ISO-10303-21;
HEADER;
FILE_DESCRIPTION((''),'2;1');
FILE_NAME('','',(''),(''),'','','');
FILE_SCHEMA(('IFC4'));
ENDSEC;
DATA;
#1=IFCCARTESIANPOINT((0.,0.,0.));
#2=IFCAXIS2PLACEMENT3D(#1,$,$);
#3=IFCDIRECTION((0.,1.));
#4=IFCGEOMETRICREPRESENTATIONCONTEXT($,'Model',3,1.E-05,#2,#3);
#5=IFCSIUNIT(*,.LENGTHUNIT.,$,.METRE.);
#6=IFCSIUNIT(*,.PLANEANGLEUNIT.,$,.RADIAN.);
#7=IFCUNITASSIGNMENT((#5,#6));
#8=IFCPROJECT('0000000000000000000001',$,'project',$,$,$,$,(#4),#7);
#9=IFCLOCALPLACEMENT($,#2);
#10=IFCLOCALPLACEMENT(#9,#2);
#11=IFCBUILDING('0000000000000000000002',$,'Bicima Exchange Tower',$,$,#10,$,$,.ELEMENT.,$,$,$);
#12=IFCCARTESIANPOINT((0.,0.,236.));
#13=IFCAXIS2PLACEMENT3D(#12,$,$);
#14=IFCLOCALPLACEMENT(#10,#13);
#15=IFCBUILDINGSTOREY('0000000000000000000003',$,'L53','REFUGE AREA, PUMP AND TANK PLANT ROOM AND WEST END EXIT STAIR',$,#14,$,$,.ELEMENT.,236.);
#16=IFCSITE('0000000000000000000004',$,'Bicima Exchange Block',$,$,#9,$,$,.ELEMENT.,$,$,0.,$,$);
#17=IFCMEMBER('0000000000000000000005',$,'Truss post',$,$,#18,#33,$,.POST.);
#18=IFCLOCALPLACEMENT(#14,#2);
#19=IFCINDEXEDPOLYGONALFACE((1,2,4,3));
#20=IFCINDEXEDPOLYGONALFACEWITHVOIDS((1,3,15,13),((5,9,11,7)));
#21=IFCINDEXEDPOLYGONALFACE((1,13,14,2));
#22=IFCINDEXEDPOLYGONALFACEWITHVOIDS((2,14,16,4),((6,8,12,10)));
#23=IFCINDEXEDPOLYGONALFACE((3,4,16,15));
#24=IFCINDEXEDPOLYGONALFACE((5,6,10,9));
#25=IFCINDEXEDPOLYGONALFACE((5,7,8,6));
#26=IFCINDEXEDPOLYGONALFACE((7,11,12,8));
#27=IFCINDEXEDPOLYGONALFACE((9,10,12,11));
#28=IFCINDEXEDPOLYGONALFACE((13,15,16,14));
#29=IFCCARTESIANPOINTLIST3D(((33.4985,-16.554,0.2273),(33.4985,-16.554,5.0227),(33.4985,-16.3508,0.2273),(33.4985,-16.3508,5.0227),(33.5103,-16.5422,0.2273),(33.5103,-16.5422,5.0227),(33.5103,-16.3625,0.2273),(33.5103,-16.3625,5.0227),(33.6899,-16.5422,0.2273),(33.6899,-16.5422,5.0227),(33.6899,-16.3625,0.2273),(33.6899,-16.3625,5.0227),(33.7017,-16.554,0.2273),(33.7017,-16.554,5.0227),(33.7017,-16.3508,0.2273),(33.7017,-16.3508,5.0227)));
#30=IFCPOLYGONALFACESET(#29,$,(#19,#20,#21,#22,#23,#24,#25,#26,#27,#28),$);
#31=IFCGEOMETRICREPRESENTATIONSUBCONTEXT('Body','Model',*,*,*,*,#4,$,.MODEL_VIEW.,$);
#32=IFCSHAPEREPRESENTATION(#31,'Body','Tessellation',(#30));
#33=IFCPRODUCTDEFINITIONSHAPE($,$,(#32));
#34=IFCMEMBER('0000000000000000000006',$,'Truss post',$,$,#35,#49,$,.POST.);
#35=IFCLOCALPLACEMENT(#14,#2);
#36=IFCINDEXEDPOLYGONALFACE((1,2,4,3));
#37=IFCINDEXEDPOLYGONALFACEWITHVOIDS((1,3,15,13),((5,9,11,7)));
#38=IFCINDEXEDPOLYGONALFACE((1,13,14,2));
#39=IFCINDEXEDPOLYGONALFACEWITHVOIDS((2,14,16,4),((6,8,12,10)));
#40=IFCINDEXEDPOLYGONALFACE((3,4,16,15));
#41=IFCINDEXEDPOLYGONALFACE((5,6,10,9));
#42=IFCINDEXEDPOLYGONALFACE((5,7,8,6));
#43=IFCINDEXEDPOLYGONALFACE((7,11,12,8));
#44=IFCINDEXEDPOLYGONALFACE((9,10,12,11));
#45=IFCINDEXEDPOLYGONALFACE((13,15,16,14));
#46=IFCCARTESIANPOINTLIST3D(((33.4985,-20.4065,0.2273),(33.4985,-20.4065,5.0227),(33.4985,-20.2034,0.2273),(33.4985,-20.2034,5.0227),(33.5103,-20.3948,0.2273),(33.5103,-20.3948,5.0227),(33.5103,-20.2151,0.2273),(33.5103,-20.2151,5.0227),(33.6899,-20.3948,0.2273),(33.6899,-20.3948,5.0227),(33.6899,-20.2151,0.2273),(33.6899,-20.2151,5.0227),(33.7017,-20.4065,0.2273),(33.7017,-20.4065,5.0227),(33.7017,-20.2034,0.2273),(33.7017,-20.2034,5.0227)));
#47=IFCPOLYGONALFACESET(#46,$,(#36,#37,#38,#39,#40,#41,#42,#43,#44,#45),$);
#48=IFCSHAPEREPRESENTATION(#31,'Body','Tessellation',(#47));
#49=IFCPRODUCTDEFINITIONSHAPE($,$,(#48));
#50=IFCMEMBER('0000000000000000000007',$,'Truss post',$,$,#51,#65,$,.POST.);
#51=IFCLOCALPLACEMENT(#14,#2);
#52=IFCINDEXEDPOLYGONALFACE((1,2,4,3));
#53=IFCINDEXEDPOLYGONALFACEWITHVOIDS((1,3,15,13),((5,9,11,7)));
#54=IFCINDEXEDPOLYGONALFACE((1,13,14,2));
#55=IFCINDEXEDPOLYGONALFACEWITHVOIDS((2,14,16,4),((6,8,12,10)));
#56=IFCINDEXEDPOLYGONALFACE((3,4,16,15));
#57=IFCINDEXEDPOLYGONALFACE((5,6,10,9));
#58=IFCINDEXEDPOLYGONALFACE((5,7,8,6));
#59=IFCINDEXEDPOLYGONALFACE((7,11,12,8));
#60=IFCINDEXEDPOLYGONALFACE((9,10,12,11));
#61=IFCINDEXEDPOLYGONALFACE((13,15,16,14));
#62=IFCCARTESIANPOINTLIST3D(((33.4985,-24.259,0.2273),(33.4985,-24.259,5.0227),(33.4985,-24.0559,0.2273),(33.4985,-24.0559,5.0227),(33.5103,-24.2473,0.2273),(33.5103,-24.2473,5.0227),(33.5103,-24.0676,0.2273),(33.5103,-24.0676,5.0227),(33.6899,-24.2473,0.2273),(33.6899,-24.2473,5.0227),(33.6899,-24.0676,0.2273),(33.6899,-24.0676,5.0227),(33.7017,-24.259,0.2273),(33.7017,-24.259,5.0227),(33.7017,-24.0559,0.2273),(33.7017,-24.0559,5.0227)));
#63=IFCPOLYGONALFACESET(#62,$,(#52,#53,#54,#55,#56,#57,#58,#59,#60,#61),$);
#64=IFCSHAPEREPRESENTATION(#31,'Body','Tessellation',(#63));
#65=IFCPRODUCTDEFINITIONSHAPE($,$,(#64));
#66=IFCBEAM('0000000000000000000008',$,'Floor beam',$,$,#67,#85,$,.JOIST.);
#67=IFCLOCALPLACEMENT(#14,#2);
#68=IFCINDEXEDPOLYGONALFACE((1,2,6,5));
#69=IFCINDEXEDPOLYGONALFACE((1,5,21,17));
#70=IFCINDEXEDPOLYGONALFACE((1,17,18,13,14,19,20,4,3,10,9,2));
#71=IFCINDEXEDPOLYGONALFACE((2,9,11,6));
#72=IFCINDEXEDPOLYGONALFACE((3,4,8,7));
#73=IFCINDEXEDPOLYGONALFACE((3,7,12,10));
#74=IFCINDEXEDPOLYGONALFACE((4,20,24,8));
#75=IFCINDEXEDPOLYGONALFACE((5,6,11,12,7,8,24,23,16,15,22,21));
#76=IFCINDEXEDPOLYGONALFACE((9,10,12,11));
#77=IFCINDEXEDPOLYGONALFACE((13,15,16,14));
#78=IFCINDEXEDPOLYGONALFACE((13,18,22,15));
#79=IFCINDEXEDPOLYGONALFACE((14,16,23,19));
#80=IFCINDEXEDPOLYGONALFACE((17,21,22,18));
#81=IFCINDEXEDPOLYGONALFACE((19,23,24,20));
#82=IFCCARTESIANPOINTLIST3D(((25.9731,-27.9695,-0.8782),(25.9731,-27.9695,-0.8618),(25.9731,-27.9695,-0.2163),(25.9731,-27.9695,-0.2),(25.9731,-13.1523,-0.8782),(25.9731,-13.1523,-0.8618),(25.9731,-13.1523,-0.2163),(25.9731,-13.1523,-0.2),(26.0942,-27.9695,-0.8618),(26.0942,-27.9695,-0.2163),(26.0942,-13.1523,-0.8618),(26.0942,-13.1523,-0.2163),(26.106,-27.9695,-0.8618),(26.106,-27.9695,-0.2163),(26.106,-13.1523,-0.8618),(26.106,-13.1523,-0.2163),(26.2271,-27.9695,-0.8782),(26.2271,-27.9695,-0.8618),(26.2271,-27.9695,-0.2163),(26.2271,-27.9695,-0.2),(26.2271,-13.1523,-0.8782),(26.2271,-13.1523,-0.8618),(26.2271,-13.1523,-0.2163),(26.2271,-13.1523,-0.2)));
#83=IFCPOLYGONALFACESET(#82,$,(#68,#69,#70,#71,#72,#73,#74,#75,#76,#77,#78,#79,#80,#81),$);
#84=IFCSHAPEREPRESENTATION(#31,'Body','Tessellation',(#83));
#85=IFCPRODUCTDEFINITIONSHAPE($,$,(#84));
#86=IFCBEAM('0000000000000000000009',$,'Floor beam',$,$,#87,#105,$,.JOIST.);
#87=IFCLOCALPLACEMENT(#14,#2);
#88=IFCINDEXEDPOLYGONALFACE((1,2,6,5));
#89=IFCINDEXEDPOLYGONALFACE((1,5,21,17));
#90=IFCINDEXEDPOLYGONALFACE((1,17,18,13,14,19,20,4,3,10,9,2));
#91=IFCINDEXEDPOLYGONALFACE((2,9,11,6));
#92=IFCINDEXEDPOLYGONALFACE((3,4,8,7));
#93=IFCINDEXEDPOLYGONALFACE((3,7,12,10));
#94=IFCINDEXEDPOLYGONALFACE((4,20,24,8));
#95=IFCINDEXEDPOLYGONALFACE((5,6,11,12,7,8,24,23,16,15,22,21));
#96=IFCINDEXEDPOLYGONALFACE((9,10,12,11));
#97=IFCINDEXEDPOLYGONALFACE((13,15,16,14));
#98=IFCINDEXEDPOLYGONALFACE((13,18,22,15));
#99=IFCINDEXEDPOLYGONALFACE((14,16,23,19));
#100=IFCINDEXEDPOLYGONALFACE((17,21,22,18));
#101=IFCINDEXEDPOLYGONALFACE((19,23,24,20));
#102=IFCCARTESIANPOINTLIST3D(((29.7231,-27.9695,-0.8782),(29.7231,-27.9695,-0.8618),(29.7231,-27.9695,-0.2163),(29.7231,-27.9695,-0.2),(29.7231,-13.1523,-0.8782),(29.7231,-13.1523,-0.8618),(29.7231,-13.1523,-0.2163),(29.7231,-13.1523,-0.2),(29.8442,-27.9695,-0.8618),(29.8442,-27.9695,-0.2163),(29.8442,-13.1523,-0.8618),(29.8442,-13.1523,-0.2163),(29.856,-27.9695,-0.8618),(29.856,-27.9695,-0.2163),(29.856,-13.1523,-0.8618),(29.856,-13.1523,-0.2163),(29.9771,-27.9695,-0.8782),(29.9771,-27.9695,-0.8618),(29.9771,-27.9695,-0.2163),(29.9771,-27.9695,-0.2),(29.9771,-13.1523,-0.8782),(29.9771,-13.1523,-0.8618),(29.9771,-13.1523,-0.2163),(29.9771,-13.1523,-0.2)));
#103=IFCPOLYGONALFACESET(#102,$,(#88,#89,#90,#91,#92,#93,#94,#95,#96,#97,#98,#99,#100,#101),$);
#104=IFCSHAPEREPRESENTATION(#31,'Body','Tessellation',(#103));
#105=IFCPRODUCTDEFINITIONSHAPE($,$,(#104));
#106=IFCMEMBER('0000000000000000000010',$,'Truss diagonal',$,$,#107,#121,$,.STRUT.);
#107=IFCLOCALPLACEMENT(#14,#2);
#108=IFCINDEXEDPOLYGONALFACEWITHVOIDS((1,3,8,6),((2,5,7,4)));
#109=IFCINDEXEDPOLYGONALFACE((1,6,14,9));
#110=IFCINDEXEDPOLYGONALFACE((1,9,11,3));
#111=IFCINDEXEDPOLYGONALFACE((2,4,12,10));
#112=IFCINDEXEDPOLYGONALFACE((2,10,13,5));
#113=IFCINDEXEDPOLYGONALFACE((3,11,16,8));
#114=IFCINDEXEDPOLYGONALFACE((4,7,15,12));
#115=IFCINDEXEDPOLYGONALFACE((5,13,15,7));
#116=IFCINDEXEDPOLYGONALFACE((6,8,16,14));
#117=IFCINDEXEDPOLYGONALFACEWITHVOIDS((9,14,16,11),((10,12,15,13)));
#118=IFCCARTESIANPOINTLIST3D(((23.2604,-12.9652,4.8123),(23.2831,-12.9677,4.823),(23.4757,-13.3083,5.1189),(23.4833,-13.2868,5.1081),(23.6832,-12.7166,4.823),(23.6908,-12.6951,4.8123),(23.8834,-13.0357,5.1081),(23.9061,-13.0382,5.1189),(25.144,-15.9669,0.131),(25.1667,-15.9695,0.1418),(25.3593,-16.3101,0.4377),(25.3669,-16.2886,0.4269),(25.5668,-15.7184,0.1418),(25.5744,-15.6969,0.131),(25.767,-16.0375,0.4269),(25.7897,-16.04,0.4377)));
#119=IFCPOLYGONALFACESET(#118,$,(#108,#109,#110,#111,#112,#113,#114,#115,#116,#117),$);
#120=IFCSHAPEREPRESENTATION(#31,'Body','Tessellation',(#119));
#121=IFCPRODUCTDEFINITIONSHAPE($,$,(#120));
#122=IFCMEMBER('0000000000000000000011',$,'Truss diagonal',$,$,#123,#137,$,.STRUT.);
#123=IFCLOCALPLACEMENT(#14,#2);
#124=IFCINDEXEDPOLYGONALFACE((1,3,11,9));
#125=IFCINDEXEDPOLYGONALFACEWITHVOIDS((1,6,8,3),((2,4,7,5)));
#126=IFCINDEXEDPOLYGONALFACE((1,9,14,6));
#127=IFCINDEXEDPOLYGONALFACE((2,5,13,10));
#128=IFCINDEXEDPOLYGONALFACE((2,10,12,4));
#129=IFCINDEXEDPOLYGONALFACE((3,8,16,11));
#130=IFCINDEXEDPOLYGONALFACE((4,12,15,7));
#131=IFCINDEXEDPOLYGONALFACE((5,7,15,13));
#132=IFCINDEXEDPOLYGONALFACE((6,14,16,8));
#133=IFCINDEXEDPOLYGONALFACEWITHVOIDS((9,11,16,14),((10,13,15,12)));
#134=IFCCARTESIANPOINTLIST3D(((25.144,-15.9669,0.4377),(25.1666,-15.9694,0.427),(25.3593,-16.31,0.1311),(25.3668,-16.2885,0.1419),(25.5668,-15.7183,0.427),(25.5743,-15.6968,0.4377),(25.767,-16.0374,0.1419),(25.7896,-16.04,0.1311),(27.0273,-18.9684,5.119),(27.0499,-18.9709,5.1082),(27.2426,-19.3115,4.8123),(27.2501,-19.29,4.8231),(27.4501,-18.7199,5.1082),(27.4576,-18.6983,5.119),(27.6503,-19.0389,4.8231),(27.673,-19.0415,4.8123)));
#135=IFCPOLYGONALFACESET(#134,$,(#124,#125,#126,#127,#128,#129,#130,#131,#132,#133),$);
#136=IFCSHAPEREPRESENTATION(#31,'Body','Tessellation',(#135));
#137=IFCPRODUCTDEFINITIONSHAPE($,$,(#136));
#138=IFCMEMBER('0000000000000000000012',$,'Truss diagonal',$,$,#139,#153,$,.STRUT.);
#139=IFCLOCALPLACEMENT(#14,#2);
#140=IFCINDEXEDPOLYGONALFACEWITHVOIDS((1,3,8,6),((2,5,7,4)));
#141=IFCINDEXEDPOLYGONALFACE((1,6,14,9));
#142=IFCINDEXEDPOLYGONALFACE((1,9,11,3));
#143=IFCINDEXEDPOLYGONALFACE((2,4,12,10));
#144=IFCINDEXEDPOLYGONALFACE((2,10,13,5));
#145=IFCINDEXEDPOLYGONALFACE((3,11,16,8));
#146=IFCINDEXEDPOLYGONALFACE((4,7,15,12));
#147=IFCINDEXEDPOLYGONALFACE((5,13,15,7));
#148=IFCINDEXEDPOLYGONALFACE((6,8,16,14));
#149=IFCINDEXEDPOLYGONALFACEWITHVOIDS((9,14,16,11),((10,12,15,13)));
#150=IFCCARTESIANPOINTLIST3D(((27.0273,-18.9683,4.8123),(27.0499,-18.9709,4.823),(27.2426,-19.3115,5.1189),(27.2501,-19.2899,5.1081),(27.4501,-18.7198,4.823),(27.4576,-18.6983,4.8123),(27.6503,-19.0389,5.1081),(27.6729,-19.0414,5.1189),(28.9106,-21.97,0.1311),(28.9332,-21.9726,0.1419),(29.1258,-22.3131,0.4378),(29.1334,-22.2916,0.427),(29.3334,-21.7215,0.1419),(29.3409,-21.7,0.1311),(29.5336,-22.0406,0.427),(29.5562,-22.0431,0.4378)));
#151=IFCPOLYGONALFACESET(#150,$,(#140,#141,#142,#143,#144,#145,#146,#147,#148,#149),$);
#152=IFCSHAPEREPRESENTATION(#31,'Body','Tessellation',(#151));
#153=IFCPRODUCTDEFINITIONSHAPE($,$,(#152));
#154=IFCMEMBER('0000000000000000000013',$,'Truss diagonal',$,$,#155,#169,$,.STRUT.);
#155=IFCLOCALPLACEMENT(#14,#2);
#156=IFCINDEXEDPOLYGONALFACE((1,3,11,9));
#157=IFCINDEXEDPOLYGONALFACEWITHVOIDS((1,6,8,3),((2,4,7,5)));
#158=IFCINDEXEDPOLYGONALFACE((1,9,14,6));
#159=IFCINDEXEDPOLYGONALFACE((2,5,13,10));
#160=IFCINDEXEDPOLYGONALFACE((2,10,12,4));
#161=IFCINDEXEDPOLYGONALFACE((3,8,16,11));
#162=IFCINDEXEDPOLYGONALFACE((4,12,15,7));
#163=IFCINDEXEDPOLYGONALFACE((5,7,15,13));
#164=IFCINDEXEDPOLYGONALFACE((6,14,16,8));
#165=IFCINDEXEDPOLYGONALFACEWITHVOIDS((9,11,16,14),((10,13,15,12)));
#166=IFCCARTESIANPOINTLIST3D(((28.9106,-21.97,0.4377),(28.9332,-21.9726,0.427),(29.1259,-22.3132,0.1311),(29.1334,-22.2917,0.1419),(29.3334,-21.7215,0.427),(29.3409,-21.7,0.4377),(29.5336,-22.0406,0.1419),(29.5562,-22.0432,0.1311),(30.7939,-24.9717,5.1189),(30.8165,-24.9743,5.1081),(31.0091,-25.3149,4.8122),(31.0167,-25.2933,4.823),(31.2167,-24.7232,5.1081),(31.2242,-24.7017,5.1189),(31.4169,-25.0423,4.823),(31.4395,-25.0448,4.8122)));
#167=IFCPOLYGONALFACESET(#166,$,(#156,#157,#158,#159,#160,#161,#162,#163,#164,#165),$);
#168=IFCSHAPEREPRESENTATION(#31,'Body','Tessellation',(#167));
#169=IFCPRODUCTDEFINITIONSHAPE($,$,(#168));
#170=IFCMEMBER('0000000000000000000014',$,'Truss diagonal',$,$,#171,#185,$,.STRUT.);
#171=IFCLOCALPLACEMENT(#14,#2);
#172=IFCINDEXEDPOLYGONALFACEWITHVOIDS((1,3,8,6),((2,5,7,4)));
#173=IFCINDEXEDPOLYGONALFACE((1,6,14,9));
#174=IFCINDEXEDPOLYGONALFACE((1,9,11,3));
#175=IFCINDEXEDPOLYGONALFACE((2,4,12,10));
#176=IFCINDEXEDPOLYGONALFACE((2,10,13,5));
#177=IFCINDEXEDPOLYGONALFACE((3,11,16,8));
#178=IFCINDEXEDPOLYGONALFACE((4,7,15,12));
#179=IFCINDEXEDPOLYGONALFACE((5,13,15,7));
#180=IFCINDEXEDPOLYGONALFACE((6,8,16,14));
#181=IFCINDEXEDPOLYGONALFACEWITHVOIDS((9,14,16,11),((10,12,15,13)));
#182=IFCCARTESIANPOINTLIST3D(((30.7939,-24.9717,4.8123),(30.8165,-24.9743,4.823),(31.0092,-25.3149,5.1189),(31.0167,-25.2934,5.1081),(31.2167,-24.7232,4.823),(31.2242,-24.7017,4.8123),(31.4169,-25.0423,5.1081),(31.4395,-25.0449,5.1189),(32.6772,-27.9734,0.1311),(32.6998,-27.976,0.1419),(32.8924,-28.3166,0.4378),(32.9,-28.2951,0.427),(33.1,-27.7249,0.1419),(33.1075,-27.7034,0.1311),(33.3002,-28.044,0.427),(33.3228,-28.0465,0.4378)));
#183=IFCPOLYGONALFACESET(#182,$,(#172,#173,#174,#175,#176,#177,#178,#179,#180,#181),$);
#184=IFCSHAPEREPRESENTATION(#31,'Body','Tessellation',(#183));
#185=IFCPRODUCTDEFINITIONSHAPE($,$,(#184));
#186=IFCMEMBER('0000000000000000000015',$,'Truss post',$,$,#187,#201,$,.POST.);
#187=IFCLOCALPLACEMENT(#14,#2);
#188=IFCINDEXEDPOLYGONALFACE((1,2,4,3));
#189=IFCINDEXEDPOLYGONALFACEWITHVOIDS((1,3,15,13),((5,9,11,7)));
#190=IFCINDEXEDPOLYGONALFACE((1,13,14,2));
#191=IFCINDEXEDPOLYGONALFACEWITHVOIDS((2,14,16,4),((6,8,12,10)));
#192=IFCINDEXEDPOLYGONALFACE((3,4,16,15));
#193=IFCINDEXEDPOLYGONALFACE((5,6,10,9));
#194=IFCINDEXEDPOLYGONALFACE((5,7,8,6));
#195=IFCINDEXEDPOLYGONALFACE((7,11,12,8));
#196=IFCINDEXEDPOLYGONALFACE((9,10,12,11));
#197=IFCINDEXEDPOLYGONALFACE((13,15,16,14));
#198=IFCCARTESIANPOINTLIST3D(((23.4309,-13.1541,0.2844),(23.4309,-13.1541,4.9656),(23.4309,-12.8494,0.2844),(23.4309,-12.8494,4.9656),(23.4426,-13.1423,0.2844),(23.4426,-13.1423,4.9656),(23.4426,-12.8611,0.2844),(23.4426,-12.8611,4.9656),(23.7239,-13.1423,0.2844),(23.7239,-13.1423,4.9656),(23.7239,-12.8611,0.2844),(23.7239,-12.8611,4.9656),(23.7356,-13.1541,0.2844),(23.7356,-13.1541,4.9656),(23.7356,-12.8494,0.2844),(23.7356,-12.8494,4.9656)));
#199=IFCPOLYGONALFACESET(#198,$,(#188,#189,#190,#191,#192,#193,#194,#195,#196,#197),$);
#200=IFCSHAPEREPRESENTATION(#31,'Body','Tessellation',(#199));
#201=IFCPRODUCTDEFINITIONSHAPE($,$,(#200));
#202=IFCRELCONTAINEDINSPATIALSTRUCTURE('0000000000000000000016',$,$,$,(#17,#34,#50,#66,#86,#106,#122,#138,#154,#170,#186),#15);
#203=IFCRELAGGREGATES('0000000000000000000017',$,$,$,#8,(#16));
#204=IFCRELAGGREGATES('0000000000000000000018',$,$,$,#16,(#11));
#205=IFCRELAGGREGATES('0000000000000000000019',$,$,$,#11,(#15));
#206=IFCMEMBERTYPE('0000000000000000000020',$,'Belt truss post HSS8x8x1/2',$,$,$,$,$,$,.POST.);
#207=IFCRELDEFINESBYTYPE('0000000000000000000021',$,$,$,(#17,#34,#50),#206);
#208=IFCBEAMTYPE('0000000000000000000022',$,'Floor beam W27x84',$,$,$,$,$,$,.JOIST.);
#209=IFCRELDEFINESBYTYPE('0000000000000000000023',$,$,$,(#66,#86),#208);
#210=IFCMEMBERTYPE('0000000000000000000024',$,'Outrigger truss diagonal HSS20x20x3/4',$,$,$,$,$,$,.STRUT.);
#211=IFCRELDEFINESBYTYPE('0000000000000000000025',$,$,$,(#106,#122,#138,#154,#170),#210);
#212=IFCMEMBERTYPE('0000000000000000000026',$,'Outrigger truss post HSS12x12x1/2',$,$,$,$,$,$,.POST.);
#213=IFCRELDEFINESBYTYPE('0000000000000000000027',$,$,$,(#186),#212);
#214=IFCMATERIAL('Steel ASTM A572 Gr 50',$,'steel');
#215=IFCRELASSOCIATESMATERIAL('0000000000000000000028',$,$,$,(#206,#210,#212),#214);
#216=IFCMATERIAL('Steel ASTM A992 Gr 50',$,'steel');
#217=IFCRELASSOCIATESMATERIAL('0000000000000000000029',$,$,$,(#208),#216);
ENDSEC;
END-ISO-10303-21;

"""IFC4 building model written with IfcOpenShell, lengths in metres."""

from ifc_helpers import new_model, si_unit, direction, frame, origin, origin_2d, place, context, subcontext, project, spatial, hollow_rectangle, i_section, extrude, material, material_profile, profile_set, type_object, element, save


model = new_model("IFC4")

# Units and contexts
model_context = context("Model", 3, precision=1e-05, world=origin(), true_north=direction((0.0, 1.0)))
body_context = subcontext(model_context, "Body", "Model", "MODEL_VIEW")
ifc_project = project(units=[si_unit("LENGTHUNIT", "METRE"), si_unit("PLANEANGLEUNIT", "RADIAN")], contexts=[model_context])

# Site, building, storey
site_placement = place(None, origin())
site = spatial("IfcSite", under=ifc_project, at=site_placement, Name="Bicima Exchange Block", CompositionType="ELEMENT", RefElevation=0.0)
building_placement = place(site_placement, origin())
building = spatial("IfcBuilding", under=site, at=building_placement, Name="Bicima Exchange Tower", CompositionType="ELEMENT")
storey_placement = place(building_placement, frame((0.0, 0.0, 236.0)))
storey = spatial("IfcBuildingStorey", under=building, at=storey_placement, Name="L53", Description="REFUGE AREA, PUMP AND TANK PLANT ROOM AND WEST END EXIT STAIR", CompositionType="ELEMENT", Elevation=236.0)

# Shared definitions
ifc_material_1 = material(Name="Steel ASTM A992 Gr 50", Category="steel")

# Members
ifc_material_2 = material(Name="Steel ASTM A572 Gr 50", Category="steel")
ifc_material_profile_1 = material_profile(ifc_material_2, hollow_rectangle(XDim=0.3047, YDim=0.3047, WallThickness=0.0117, at=origin_2d()))
ifc_profile_set_1 = profile_set([ifc_material_profile_1], Name="Steel ASTM A572 Gr 50")
ifc_material_profile_2 = material_profile(ifc_material_2, hollow_rectangle(XDim=0.2031, YDim=0.2031, WallThickness=0.0117, at=origin_2d()))
ifc_profile_set_2 = profile_set([ifc_material_profile_2], Name="Steel ASTM A572 Gr 50")
member_type_1 = type_object("IfcMemberType", Name="Belt truss post HSS8x8x1/2", PredefinedType="POST", material=ifc_profile_set_2)
for number, where, z_axis, x_axis, name in (
    (1, (33.6001, -16.4524, 0.2273), (0.0, 0.0, 1.0), (1.0, 0.0, 0.0), "Truss post"),
    (2, (33.6001, -20.3049, 0.2273), (0.0, 0.0, 1.0), (1.0, 0.0, 0.0), "Truss post"),
    (3, (33.6001, -24.1575, 0.2273), (0.0, 0.0, 1.0), (1.0, 0.0, 0.0), "Truss post"),
):
    element("IfcMember", number, at=place(storey_placement, frame(where, z_axis=z_axis, x_axis=x_axis)), inside=storey, type_object=member_type_1, Name=name, PredefinedType="POST", context=body_context, shape_type="SweptSolid", body=[
        extrude(hollow_rectangle(XDim=0.2031, YDim=0.2031, WallThickness=0.0117, at=origin_2d()), origin(), (0.0, 0.0, 1.0), 4.7954),
    ])

# Beams
ifc_material_profile_3 = material_profile(ifc_material_1, i_section(OverallWidth=0.2539, OverallDepth=0.6782, WebThickness=0.0117, FlangeThickness=0.0164, at=origin_2d()))
ifc_profile_set_3 = profile_set([ifc_material_profile_3], Name="Steel ASTM A992 Gr 50")
beam_type = type_object("IfcBeamType", Name="Floor beam W27x84", PredefinedType="JOIST", material=ifc_profile_set_3)
for number, where, z_axis, x_axis, name in (
    (4, (26.1001, -13.1523, -0.5391), (0.0, -1.0, 0.0), (1.0, 0.0, 0.0), "Floor beam"),
    (5, (29.8501, -13.1523, -0.5391), (0.0, -1.0, 0.0), (1.0, 0.0, 0.0), "Floor beam"),
):
    element("IfcBeam", number, at=place(storey_placement, frame(where, z_axis=z_axis, x_axis=x_axis)), inside=storey, type_object=beam_type, Name=name, PredefinedType="JOIST", context=body_context, shape_type="SweptSolid", body=[
        extrude(i_section(OverallWidth=0.2539, OverallDepth=0.6782, WebThickness=0.0117, FlangeThickness=0.0164, at=origin_2d()), origin(), (0.0, 0.0, 1.0), 14.8171),
    ])

# Members
ifc_material_profile_4 = material_profile(ifc_material_2, hollow_rectangle(XDim=0.5081, YDim=0.5081, WallThickness=0.0178, at=origin_2d()))
ifc_profile_set_4 = profile_set([ifc_material_profile_4], Name="Steel ASTM A572 Gr 50")
member_type_2 = type_object("IfcMemberType", Name="Outrigger truss diagonal HSS20x20x3/4", PredefinedType="STRUT", material=ifc_profile_set_4)
member_1_placement = place(storey_placement, frame((23.5833, -13.0017, 4.9656), z_axis=(0.32081, -0.511258, -0.797305), x_axis=(0.847049, 0.531515, 0.0)))
element("IfcMember", 6, at=member_1_placement, inside=storey, type_object=member_type_2, Name="Truss diagonal", PredefinedType="STRUT", context=body_context, shape_type="SweptSolid", body=[
    extrude(hollow_rectangle(XDim=0.5081, YDim=0.5081, WallThickness=0.0178, at=origin_2d()), origin(), (0.0, 0.0, 1.0), 5.8713),
])
for number, where, z_axis, x_axis, name in (
    (7, (25.4668, -16.0034, 0.2844), (0.320779, -0.511235, 0.797333), (0.84706, 0.531497, 0.0), "Truss diagonal"),
    (8, (27.3501, -19.0049, 4.9656), (0.320773, -0.511265, -0.797316), (0.84708, 0.531466, 0.0), "Truss diagonal"),
    (9, (29.2334, -22.0066, 0.2844), (0.320773, -0.511265, 0.797316), (0.84708, 0.531466, 0.0), "Truss diagonal"),
    (10, (31.1167, -25.0083, 4.9656), (0.320773, -0.511265, -0.797316), (0.84708, 0.531466, 0.0), "Truss diagonal"),
):
    element("IfcMember", number, at=place(storey_placement, frame(where, z_axis=z_axis, x_axis=x_axis)), inside=storey, type_object=member_type_2, Name=name, PredefinedType="STRUT", context=body_context, shape_type="SweptSolid", body=[
        extrude(hollow_rectangle(XDim=0.5081, YDim=0.5081, WallThickness=0.0178, at=origin_2d()), origin(), (0.0, 0.0, 1.0), 5.8711),
    ])
member_type_3 = type_object("IfcMemberType", Name="Outrigger truss post HSS12x12x1/2", PredefinedType="POST", material=ifc_profile_set_1)
for number, where, z_axis, x_axis, name in (
    (11, (23.5833, -13.0017, 0.2844), (0.0, 0.0, 1.0), (1.0, 0.0, 0.0), "Truss post"),
):
    element("IfcMember", number, at=place(storey_placement, frame(where, z_axis=z_axis, x_axis=x_axis)), inside=storey, type_object=member_type_3, Name=name, PredefinedType="POST", context=body_context, shape_type="SweptSolid", body=[
        extrude(hollow_rectangle(XDim=0.3047, YDim=0.3047, WallThickness=0.0117, at=origin_2d()), origin(), (0.0, 0.0, 1.0), 4.6812),
    ])

save(model, "model.ifc")
